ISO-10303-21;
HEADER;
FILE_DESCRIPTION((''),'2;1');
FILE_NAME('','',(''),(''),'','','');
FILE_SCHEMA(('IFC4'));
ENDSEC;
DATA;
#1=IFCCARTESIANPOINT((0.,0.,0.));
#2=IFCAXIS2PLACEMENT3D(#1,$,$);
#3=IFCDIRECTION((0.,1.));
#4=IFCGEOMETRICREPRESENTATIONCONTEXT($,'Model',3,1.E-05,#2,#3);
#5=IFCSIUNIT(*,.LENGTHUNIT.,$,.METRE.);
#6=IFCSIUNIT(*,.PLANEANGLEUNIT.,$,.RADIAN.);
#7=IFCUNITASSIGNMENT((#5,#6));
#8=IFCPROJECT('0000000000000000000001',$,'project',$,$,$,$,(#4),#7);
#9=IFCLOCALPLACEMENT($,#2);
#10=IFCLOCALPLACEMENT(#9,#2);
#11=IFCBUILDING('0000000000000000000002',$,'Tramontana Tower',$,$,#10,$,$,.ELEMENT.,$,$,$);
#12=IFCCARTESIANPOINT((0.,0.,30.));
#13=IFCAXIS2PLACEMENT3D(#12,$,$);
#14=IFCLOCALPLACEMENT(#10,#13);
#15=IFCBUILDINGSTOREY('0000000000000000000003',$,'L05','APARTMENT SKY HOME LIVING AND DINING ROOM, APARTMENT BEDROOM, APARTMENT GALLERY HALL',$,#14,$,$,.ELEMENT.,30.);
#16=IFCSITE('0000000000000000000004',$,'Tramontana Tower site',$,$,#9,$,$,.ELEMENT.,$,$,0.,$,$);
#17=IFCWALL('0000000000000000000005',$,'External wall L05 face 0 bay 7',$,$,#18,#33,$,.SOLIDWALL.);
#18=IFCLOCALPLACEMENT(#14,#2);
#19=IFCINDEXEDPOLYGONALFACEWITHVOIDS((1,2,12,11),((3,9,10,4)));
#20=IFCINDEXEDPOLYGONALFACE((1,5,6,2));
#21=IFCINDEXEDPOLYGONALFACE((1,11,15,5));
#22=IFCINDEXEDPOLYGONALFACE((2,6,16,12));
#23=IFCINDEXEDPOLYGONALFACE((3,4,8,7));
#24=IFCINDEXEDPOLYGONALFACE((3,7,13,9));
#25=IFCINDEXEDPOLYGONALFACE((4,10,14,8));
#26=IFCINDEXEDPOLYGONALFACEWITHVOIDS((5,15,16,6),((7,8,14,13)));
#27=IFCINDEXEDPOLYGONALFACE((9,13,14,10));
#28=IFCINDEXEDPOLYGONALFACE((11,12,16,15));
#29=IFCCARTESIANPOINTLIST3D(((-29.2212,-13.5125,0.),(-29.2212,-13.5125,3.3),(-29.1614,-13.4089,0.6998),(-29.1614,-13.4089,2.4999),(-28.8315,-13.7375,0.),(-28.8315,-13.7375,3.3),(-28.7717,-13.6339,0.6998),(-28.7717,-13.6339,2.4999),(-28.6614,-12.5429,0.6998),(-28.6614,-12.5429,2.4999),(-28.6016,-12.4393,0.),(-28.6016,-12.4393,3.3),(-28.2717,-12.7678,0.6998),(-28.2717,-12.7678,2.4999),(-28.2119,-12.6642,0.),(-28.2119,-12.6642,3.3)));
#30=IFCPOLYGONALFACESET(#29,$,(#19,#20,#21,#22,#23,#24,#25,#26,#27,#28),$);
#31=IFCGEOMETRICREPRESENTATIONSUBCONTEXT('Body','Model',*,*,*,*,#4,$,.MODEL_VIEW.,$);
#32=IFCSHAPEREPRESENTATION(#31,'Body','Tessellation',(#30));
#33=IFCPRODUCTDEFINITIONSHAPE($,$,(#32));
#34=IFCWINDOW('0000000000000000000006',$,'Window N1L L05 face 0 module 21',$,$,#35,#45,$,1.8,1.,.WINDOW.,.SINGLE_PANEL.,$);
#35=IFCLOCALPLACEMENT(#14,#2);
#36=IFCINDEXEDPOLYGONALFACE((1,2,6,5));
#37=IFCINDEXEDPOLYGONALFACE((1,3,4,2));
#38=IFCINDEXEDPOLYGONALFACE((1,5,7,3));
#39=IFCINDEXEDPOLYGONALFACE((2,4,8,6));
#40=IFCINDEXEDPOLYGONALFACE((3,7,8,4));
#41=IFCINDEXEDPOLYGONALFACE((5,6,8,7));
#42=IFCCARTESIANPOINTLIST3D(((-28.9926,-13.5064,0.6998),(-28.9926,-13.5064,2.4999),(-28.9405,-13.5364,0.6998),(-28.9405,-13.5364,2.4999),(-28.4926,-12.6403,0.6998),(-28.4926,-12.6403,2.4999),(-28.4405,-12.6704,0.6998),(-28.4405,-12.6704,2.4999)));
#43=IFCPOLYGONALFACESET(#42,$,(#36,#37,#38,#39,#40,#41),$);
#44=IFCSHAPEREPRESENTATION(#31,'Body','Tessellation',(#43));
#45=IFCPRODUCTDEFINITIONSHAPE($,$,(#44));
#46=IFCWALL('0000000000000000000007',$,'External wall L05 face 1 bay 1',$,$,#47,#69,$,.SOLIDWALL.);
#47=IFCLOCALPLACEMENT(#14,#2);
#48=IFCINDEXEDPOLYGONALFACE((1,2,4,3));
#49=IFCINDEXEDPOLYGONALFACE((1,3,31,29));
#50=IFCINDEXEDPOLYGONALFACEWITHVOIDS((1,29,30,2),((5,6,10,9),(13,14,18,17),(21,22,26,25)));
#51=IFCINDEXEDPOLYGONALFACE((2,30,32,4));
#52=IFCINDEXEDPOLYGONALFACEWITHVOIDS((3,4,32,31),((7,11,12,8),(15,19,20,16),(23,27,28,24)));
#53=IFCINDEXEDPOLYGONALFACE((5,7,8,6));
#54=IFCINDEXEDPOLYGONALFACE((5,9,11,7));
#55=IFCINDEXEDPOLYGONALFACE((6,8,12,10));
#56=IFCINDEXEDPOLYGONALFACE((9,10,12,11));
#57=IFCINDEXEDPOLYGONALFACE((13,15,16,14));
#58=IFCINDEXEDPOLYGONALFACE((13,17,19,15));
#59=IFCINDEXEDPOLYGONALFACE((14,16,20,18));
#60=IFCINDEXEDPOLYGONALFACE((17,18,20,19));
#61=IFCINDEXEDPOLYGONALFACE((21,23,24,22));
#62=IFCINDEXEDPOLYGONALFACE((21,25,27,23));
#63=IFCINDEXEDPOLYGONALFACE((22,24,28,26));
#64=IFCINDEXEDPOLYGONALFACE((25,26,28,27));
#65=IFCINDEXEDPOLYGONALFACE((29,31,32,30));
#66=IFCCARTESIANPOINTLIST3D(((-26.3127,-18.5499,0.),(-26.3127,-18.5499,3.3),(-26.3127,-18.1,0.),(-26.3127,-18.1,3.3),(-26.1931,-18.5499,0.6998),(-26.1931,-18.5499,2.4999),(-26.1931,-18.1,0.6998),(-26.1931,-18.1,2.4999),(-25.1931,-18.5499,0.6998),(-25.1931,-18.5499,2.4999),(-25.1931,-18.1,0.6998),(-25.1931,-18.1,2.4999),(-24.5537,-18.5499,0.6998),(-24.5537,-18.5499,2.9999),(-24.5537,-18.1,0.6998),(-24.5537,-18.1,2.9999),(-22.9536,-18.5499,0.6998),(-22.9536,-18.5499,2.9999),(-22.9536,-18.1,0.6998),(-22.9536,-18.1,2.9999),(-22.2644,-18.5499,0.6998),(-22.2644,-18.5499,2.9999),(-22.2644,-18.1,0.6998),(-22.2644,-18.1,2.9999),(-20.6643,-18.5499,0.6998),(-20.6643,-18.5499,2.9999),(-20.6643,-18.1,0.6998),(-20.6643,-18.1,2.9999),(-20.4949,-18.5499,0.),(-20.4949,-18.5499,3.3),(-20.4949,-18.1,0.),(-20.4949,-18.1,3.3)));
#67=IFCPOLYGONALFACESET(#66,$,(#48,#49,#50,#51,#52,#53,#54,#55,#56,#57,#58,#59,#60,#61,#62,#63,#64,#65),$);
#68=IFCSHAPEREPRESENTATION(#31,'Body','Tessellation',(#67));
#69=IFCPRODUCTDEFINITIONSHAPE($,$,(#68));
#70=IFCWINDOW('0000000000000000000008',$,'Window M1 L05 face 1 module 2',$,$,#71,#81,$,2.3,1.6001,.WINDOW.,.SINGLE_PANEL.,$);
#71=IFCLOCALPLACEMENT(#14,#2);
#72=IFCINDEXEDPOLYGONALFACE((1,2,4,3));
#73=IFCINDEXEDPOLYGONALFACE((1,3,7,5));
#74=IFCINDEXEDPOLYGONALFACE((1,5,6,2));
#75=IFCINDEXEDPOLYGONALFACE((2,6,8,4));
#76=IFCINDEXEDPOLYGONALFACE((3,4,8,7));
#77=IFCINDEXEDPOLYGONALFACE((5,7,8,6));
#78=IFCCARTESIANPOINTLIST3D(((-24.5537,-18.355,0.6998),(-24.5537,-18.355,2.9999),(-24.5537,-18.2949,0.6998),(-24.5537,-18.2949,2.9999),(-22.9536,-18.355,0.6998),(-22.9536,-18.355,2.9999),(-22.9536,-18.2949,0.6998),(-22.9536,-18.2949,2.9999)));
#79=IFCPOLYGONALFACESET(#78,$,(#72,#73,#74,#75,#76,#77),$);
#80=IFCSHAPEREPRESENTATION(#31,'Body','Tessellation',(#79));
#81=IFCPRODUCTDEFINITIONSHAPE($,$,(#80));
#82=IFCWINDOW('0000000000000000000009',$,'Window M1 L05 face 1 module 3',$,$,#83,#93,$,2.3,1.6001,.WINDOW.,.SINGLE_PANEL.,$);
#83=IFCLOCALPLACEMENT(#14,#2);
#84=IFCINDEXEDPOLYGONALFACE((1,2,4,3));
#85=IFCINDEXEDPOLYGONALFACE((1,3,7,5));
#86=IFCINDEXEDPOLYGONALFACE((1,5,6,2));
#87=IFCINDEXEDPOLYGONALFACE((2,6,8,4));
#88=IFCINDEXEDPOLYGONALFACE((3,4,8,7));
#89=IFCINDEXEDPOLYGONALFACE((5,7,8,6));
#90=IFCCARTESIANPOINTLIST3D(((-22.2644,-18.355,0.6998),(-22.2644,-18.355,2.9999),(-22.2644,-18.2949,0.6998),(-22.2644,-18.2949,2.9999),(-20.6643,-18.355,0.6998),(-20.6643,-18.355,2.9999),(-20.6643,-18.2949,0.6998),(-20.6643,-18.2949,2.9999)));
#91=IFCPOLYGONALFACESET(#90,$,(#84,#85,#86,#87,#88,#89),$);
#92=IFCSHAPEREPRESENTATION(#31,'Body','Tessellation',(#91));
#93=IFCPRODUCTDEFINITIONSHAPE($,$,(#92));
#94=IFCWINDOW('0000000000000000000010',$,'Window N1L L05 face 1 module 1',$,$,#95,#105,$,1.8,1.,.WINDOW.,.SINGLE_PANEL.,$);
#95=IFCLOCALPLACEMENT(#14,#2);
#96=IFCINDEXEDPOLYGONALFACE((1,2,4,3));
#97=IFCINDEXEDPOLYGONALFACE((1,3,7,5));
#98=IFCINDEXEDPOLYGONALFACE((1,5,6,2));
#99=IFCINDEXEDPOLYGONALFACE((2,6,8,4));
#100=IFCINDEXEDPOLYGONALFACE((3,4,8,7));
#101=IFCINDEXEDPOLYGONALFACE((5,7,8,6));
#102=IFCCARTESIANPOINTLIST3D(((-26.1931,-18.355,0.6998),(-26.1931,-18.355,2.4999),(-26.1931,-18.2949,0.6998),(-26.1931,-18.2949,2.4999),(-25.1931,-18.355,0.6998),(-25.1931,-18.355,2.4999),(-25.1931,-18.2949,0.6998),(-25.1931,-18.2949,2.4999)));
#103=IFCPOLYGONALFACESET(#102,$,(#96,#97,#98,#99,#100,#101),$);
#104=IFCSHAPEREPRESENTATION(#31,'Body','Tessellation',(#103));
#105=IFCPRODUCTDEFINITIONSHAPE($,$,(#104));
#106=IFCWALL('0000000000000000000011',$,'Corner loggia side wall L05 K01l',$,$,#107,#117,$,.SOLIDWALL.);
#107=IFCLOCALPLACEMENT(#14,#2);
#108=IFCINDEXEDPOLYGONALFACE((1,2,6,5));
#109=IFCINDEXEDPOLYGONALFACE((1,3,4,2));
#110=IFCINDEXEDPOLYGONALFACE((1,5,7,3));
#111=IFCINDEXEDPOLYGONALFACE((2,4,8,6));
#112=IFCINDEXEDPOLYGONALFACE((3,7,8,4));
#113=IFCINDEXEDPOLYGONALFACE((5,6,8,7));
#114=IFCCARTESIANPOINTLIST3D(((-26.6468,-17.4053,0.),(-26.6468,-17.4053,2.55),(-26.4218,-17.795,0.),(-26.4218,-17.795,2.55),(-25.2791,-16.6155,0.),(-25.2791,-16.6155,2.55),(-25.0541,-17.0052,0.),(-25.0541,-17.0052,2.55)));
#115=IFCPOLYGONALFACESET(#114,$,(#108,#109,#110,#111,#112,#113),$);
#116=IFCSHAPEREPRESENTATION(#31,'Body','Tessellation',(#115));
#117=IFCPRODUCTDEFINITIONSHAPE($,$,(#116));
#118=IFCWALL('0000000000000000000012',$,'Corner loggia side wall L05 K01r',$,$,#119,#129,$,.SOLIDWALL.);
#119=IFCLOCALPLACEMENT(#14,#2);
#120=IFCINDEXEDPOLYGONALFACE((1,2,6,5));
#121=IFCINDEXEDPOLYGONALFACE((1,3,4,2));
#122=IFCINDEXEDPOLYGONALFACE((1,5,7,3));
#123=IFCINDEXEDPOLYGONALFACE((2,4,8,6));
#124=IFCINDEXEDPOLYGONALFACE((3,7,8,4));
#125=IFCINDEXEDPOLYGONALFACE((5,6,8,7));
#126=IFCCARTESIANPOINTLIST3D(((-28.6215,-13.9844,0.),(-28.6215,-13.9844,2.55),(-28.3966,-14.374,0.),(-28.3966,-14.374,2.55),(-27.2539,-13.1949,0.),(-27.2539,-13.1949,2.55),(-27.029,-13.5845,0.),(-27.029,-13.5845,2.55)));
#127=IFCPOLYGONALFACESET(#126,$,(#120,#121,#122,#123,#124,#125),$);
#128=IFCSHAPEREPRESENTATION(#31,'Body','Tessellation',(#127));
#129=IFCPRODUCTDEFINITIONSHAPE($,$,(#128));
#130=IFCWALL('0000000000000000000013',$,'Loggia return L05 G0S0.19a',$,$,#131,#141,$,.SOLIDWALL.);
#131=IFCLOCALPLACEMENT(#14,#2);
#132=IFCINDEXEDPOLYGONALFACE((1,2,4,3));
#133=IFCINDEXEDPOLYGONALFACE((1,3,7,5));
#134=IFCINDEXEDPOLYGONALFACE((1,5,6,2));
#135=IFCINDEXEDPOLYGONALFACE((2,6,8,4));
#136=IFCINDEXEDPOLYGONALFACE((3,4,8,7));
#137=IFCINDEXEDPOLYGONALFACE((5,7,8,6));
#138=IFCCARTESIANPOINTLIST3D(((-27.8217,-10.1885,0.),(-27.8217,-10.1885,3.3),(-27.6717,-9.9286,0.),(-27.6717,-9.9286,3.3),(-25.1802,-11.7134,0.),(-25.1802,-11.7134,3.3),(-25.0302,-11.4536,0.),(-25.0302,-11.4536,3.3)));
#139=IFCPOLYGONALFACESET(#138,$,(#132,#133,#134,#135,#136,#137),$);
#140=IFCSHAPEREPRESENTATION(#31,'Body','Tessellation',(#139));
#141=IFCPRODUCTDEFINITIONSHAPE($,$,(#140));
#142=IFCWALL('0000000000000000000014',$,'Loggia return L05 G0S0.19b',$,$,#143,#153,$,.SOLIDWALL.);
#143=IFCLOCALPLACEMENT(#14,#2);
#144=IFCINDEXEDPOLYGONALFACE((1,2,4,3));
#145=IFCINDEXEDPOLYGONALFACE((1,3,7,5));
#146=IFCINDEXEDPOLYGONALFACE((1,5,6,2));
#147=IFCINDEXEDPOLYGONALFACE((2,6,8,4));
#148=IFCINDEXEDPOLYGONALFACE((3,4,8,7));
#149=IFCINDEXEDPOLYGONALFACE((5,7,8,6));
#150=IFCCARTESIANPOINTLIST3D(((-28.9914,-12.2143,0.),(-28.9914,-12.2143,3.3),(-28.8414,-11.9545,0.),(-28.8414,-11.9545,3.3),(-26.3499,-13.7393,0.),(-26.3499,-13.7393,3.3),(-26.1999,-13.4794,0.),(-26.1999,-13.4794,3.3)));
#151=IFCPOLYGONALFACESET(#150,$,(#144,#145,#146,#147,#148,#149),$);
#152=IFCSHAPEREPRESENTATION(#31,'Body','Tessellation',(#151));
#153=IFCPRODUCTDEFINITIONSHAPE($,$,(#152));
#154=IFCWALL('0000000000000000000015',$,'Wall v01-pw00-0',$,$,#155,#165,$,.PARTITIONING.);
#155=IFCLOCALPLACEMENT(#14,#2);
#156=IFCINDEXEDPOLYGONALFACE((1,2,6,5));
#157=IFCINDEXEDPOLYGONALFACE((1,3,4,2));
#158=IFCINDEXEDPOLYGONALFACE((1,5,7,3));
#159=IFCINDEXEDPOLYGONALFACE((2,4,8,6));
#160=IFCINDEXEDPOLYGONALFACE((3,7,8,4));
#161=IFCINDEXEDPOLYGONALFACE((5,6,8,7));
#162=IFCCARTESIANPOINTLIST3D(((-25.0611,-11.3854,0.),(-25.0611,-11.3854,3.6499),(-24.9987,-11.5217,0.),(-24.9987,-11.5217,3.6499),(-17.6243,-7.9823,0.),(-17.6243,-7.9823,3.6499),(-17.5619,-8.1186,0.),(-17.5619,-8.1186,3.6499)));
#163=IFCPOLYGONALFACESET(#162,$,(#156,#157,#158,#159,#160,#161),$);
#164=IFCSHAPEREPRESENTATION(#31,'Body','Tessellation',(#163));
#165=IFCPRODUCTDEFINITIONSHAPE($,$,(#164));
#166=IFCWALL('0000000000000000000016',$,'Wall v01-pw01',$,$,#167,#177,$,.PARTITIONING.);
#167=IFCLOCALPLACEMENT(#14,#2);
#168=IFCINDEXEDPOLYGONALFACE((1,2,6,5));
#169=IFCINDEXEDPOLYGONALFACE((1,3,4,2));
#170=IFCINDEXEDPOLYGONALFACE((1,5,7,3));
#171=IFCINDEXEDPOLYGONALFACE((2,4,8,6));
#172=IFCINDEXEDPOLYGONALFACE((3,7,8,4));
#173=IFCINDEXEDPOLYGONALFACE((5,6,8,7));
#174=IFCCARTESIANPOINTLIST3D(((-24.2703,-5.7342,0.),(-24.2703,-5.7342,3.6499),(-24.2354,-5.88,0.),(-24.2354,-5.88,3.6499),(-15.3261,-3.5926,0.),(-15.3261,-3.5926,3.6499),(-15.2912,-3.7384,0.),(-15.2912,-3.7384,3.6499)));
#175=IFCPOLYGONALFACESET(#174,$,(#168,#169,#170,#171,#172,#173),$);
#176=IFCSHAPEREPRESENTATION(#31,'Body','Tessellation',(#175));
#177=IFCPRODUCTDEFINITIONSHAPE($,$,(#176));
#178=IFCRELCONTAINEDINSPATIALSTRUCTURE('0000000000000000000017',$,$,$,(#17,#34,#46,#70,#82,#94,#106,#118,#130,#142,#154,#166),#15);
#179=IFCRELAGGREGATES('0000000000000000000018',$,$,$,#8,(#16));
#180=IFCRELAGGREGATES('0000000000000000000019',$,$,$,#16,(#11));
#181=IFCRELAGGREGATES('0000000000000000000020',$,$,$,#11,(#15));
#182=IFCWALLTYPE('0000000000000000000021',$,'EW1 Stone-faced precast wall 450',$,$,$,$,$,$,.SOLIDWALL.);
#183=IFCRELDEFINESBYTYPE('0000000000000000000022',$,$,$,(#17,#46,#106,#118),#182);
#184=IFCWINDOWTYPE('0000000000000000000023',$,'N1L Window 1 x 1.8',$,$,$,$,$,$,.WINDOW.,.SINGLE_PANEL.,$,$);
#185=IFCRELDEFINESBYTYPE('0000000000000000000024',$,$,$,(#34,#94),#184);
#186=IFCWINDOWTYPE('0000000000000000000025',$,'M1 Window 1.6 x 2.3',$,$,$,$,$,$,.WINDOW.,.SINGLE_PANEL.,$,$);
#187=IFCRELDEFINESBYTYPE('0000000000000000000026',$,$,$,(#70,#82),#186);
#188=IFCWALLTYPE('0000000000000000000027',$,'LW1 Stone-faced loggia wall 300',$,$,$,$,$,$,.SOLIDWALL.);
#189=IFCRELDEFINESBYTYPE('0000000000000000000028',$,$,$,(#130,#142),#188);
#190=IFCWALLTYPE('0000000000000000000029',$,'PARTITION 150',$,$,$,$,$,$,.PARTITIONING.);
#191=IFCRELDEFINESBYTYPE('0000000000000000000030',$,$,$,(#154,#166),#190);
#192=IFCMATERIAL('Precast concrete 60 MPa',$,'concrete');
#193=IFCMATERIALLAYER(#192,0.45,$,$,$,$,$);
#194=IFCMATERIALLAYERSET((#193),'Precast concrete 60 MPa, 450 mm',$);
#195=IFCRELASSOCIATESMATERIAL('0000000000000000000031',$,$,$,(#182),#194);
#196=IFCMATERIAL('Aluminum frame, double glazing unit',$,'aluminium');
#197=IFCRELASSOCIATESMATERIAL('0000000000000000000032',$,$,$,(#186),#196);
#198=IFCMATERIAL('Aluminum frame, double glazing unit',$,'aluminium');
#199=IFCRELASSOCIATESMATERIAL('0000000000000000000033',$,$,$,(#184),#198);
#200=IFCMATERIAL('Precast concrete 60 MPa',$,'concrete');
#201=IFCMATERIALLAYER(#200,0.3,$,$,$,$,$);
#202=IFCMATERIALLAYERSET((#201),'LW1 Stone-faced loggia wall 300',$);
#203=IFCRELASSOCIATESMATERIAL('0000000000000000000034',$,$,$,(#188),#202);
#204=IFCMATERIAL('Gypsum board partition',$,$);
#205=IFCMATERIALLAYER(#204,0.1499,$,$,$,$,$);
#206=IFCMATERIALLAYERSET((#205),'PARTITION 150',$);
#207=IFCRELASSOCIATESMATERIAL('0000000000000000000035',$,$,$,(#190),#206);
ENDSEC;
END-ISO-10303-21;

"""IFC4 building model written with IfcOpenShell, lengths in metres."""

from ifc_helpers import new_model, si_unit, direction, frame, frame_2d, origin, place, context, subcontext, project, spatial, rectangle, extrude, material, layer, layer_set, type_object, element, fill, save


model = new_model("IFC4")

# Units and contexts
model_context = context("Model", 3, precision=1e-05, world=origin(), true_north=direction((0.0, 1.0)))
body_context = subcontext(model_context, "Body", "Model", "MODEL_VIEW")
ifc_project = project(units=[si_unit("LENGTHUNIT", "METRE"), si_unit("PLANEANGLEUNIT", "RADIAN")], contexts=[model_context])

# Site, building, storey
site_placement = place(None, origin())
site = spatial("IfcSite", under=ifc_project, at=site_placement, Name="Tramontana Tower site", CompositionType="ELEMENT", RefElevation=0.0)
building_placement = place(site_placement, origin())
building = spatial("IfcBuilding", under=site, at=building_placement, Name="Tramontana Tower", CompositionType="ELEMENT")
storey_placement = place(building_placement, frame((0.0, 0.0, 30.0)))
storey = spatial("IfcBuildingStorey", under=building, at=storey_placement, Name="L05", Description="APARTMENT SKY HOME LIVING AND DINING ROOM, APARTMENT BEDROOM, APARTMENT GALLERY HALL", CompositionType="ELEMENT", Elevation=30.0)

# Wall, opening, window
ifc_material_1 = material(Name="Precast concrete 60 MPa", Category="concrete")
ifc_layer_1 = layer(ifc_material_1, 0.45)
ifc_layer_set_1 = layer_set([ifc_layer_1], Name="Precast concrete 60 MPa, 450 mm")
wall_type_1 = type_object("IfcWallType", Name="EW1 Stone-faced precast wall 450", PredefinedType="SOLIDWALL", material=ifc_layer_set_1)
ifc_material_2 = material(Name="Aluminum frame, double glazing unit", Category="aluminium")
window_type_1 = type_object("IfcWindowType", Name="M1 Window 1.6 x 2.3", PartitioningType="SINGLE_PANEL", PredefinedType="WINDOW", material=ifc_material_2)
wall_1_placement = place(storey_placement, frame((-28.4067, -12.5518, 0.0), z_axis=(0.0, 0.0, 1.0), x_axis=(-0.499995, -0.866028, 0.0)))
wall_1 = element("IfcWall", 1, at=wall_1_placement, inside=storey, type_object=wall_type_1, Name="External wall L05 face 0 bay 7", PredefinedType="SOLIDWALL", context=body_context, shape_type="SweptSolid", body=[
    extrude(rectangle(XDim=1.2393, YDim=0.45, at=frame_2d((0.6196, 0.0))), origin(), (0.0, 0.0, 1.0), 3.3),
])
opening_1_placement = place(wall_1_placement, frame((0.1196, 0.0, 0.7)))
opening_1 = element("IfcOpeningElement", 2, at=opening_1_placement, cuts=wall_1, PredefinedType="OPENING", context=body_context, shape_type="SweptSolid", body=[
    extrude(rectangle(XDim=1.0, YDim=1.8, at=frame_2d((0.5, 0.8999))), frame((0.0, 0.2349, 0.0), z_axis=(0.0, -1.0, 0.0), x_axis=(1.0, 0.0, 0.0)), (0.0, 0.0, 1.0), 0.47),
])
ifc_material_3 = material(Name="Aluminum frame, double glazing unit", Category="aluminium")
window_type_2 = type_object("IfcWindowType", Name="N1L Window 1 x 1.8", PartitioningType="SINGLE_PANEL", PredefinedType="WINDOW", material=ifc_material_3)
window_1_placement = place(opening_1_placement, origin())
window_1 = element("IfcWindow", 3, at=window_1_placement, inside=storey, type_object=window_type_2, Name="Window N1L L05 face 0 module 21", OverallHeight=1.8, OverallWidth=1.0, PartitioningType="SINGLE_PANEL", PredefinedType="WINDOW", context=body_context, shape_type="SweptSolid", body=[
    extrude(rectangle(XDim=1.0, YDim=1.8, at=frame_2d((0.5, 0.8999))), frame((0.0, 0.03, 0.0), z_axis=(0.0, -1.0, 0.0), x_axis=(1.0, 0.0, 0.0)), (0.0, 0.0, 1.0), 0.0601),
])
fill(opening_1, window_1)

# Wall, openings, windows
wall_2_placement = place(storey_placement, frame((-26.3127, -18.325, 0.0), z_axis=(0.0, 0.0, 1.0), x_axis=(1.0, 0.0, 0.0)))
wall_2 = element("IfcWall", 4, at=wall_2_placement, inside=storey, type_object=wall_type_1, Name="External wall L05 face 1 bay 1", PredefinedType="SOLIDWALL", context=body_context, shape_type="SweptSolid", body=[
    extrude(rectangle(XDim=5.8179, YDim=0.45, at=frame_2d((2.9089, 0.0))), origin(), (0.0, 0.0, 1.0), 3.3),
])
opening_2_placement = place(wall_2_placement, frame((0.1196, 0.0, 0.7)))
opening_2 = element("IfcOpeningElement", 5, at=opening_2_placement, cuts=wall_2, PredefinedType="OPENING", context=body_context, shape_type="SweptSolid", body=[
    extrude(rectangle(XDim=1.0, YDim=1.8, at=frame_2d((0.5, 0.8999))), frame((0.0, 0.2349, 0.0), z_axis=(0.0, -1.0, 0.0), x_axis=(1.0, 0.0, 0.0)), (0.0, 0.0, 1.0), 0.47),
])
opening_3_placement = place(wall_2_placement, frame((1.759, 0.0, 0.7)))
opening_3 = element("IfcOpeningElement", 6, at=opening_3_placement, cuts=wall_2, PredefinedType="OPENING", context=body_context, shape_type="SweptSolid", body=[
    extrude(rectangle(XDim=1.6001, YDim=2.3, at=frame_2d((0.8, 1.1499))), frame((0.0, 0.2349, 0.0), z_axis=(0.0, -1.0, 0.0), x_axis=(1.0, 0.0, 0.0)), (0.0, 0.0, 1.0), 0.47),
])
opening_4_placement = place(wall_2_placement, frame((4.0483, 0.0, 0.7)))
opening_4 = element("IfcOpeningElement", 7, at=opening_4_placement, cuts=wall_2, PredefinedType="OPENING", context=body_context, shape_type="SweptSolid", body=[
    extrude(rectangle(XDim=1.6001, YDim=2.3, at=frame_2d((0.8, 1.1499))), frame((0.0, 0.2349, 0.0), z_axis=(0.0, -1.0, 0.0), x_axis=(1.0, 0.0, 0.0)), (0.0, 0.0, 1.0), 0.47),
])
window_2_placement = place(opening_3_placement, origin())
window_2 = element("IfcWindow", 8, at=window_2_placement, inside=storey, type_object=window_type_1, Name="Window M1 L05 face 1 module 2", OverallHeight=2.3, OverallWidth=1.6001, PartitioningType="SINGLE_PANEL", PredefinedType="WINDOW", context=body_context, shape_type="SweptSolid", body=[
    extrude(rectangle(XDim=1.6001, YDim=2.3, at=frame_2d((0.8, 1.1499))), frame((0.0, 0.03, 0.0), z_axis=(0.0, -1.0, 0.0), x_axis=(1.0, 0.0, 0.0)), (0.0, 0.0, 1.0), 0.0601),
])
fill(opening_3, window_2)
window_3_placement = place(opening_4_placement, origin())
window_3 = element("IfcWindow", 9, at=window_3_placement, inside=storey, type_object=window_type_1, Name="Window M1 L05 face 1 module 3", OverallHeight=2.3, OverallWidth=1.6001, PartitioningType="SINGLE_PANEL", PredefinedType="WINDOW", context=body_context, shape_type="SweptSolid", body=[
    extrude(rectangle(XDim=1.6001, YDim=2.3, at=frame_2d((0.8, 1.1499))), frame((0.0, 0.03, 0.0), z_axis=(0.0, -1.0, 0.0), x_axis=(1.0, 0.0, 0.0)), (0.0, 0.0, 1.0), 0.0601),
])
fill(opening_4, window_3)
window_4_placement = place(opening_2_placement, origin())
window_4 = element("IfcWindow", 10, at=window_4_placement, inside=storey, type_object=window_type_2, Name="Window N1L L05 face 1 module 1", OverallHeight=1.8, OverallWidth=1.0, PartitioningType="SINGLE_PANEL", PredefinedType="WINDOW", context=body_context, shape_type="SweptSolid", body=[
    extrude(rectangle(XDim=1.0, YDim=1.8, at=frame_2d((0.5, 0.8999))), frame((0.0, 0.03, 0.0), z_axis=(0.0, -1.0, 0.0), x_axis=(1.0, 0.0, 0.0)), (0.0, 0.0, 1.0), 0.0601),
])
fill(opening_2, window_4)

# Walls
wall_3_placement = place(storey_placement, frame((-26.5342, -17.6001, 0.0), z_axis=(0.0, 0.0, 1.0), x_axis=(0.86598, 0.500079, 0.0)))
element("IfcWall", 11, at=wall_3_placement, inside=storey, type_object=wall_type_1, Name="Corner loggia side wall L05 K01l", PredefinedType="SOLIDWALL", context=body_context, shape_type="SweptSolid", body=[
    extrude(rectangle(XDim=1.5793, YDim=0.45, at=frame_2d((0.7896, 0.0))), origin(), (0.0, 0.0, 1.0), 2.55),
])
wall_4_placement = place(storey_placement, frame((-28.509, -14.1792, 0.0), z_axis=(0.0, 0.0, 1.0), x_axis=(0.866047, 0.499963, 0.0)))
element("IfcWall", 12, at=wall_4_placement, inside=storey, type_object=wall_type_1, Name="Corner loggia side wall L05 K01r", PredefinedType="SOLIDWALL", context=body_context, shape_type="SweptSolid", body=[
    extrude(rectangle(XDim=1.5791, YDim=0.45, at=frame_2d((0.7896, 0.0))), origin(), (0.0, 0.0, 1.0), 2.55),
])

# Shared definitions
ifc_material_4 = material(Name="Precast concrete 60 MPa", Category="concrete")
ifc_layer_2 = layer(ifc_material_4, 0.3)
ifc_layer_set_2 = layer_set([ifc_layer_2], Name="LW1 Stone-faced loggia wall 300")
wall_type_2 = type_object("IfcWallType", Name="LW1 Stone-faced loggia wall 300", PredefinedType="SOLIDWALL", material=ifc_layer_set_2)

# Walls
for number, where, z_axis, x_axis, name in (
    (13, (-27.7466, -10.0586, 0.0), (0.0, 0.0, 1.0), (0.866038, -0.499979, 0.0), "Loggia return L05 G0S0.19a"),
    (14, (-28.9163, -12.0845, 0.0), (0.0, 0.0, 1.0), (0.866038, -0.499979, 0.0), "Loggia return L05 G0S0.19b"),
):
    element("IfcWall", number, at=place(storey_placement, frame(where, z_axis=z_axis, x_axis=x_axis)), inside=storey, type_object=wall_type_2, Name=name, PredefinedType="SOLIDWALL", context=body_context, shape_type="SweptSolid", body=[
        extrude(rectangle(XDim=3.05, YDim=0.3, at=frame_2d((1.5249, 0.0))), origin(), (0.0, 0.0, 1.0), 3.3),
    ])
ifc_material_5 = material(Name="Gypsum board partition")
ifc_layer_3 = layer(ifc_material_5, 0.1499)
ifc_layer_set_3 = layer_set([ifc_layer_3], Name="PARTITION 150")
wall_type_3 = type_object("IfcWallType", Name="PARTITION 150", PredefinedType="PARTITIONING", material=ifc_layer_set_3)
wall_5_placement = place(storey_placement, frame((-25.03, -11.4536, 0.0), z_axis=(0.0, 0.0, 1.0), x_axis=(0.909317, 0.416105, 0.0)))
element("IfcWall", 15, at=wall_5_placement, inside=storey, type_object=wall_type_3, Name="Wall v01-pw00-0", PredefinedType="PARTITIONING", context=body_context, shape_type="SweptSolid", body=[
    extrude(rectangle(XDim=8.1785, YDim=0.1499, at=frame_2d((4.0894, 0.0))), origin(), (0.0, 0.0, 1.0), 3.6499),
])
wall_6_placement = place(storey_placement, frame((-24.2529, -5.8071, 0.0), z_axis=(0.0, 0.0, 1.0), x_axis=(0.97251, 0.232861, 0.0)))
element("IfcWall", 16, at=wall_6_placement, inside=storey, type_object=wall_type_3, Name="Wall v01-pw01", PredefinedType="PARTITIONING", context=body_context, shape_type="SweptSolid", body=[
    extrude(rectangle(XDim=9.197, YDim=0.1499, at=frame_2d((4.5986, 0.0))), origin(), (0.0, 0.0, 1.0), 3.6499),
])

save(model, "model.ifc")
